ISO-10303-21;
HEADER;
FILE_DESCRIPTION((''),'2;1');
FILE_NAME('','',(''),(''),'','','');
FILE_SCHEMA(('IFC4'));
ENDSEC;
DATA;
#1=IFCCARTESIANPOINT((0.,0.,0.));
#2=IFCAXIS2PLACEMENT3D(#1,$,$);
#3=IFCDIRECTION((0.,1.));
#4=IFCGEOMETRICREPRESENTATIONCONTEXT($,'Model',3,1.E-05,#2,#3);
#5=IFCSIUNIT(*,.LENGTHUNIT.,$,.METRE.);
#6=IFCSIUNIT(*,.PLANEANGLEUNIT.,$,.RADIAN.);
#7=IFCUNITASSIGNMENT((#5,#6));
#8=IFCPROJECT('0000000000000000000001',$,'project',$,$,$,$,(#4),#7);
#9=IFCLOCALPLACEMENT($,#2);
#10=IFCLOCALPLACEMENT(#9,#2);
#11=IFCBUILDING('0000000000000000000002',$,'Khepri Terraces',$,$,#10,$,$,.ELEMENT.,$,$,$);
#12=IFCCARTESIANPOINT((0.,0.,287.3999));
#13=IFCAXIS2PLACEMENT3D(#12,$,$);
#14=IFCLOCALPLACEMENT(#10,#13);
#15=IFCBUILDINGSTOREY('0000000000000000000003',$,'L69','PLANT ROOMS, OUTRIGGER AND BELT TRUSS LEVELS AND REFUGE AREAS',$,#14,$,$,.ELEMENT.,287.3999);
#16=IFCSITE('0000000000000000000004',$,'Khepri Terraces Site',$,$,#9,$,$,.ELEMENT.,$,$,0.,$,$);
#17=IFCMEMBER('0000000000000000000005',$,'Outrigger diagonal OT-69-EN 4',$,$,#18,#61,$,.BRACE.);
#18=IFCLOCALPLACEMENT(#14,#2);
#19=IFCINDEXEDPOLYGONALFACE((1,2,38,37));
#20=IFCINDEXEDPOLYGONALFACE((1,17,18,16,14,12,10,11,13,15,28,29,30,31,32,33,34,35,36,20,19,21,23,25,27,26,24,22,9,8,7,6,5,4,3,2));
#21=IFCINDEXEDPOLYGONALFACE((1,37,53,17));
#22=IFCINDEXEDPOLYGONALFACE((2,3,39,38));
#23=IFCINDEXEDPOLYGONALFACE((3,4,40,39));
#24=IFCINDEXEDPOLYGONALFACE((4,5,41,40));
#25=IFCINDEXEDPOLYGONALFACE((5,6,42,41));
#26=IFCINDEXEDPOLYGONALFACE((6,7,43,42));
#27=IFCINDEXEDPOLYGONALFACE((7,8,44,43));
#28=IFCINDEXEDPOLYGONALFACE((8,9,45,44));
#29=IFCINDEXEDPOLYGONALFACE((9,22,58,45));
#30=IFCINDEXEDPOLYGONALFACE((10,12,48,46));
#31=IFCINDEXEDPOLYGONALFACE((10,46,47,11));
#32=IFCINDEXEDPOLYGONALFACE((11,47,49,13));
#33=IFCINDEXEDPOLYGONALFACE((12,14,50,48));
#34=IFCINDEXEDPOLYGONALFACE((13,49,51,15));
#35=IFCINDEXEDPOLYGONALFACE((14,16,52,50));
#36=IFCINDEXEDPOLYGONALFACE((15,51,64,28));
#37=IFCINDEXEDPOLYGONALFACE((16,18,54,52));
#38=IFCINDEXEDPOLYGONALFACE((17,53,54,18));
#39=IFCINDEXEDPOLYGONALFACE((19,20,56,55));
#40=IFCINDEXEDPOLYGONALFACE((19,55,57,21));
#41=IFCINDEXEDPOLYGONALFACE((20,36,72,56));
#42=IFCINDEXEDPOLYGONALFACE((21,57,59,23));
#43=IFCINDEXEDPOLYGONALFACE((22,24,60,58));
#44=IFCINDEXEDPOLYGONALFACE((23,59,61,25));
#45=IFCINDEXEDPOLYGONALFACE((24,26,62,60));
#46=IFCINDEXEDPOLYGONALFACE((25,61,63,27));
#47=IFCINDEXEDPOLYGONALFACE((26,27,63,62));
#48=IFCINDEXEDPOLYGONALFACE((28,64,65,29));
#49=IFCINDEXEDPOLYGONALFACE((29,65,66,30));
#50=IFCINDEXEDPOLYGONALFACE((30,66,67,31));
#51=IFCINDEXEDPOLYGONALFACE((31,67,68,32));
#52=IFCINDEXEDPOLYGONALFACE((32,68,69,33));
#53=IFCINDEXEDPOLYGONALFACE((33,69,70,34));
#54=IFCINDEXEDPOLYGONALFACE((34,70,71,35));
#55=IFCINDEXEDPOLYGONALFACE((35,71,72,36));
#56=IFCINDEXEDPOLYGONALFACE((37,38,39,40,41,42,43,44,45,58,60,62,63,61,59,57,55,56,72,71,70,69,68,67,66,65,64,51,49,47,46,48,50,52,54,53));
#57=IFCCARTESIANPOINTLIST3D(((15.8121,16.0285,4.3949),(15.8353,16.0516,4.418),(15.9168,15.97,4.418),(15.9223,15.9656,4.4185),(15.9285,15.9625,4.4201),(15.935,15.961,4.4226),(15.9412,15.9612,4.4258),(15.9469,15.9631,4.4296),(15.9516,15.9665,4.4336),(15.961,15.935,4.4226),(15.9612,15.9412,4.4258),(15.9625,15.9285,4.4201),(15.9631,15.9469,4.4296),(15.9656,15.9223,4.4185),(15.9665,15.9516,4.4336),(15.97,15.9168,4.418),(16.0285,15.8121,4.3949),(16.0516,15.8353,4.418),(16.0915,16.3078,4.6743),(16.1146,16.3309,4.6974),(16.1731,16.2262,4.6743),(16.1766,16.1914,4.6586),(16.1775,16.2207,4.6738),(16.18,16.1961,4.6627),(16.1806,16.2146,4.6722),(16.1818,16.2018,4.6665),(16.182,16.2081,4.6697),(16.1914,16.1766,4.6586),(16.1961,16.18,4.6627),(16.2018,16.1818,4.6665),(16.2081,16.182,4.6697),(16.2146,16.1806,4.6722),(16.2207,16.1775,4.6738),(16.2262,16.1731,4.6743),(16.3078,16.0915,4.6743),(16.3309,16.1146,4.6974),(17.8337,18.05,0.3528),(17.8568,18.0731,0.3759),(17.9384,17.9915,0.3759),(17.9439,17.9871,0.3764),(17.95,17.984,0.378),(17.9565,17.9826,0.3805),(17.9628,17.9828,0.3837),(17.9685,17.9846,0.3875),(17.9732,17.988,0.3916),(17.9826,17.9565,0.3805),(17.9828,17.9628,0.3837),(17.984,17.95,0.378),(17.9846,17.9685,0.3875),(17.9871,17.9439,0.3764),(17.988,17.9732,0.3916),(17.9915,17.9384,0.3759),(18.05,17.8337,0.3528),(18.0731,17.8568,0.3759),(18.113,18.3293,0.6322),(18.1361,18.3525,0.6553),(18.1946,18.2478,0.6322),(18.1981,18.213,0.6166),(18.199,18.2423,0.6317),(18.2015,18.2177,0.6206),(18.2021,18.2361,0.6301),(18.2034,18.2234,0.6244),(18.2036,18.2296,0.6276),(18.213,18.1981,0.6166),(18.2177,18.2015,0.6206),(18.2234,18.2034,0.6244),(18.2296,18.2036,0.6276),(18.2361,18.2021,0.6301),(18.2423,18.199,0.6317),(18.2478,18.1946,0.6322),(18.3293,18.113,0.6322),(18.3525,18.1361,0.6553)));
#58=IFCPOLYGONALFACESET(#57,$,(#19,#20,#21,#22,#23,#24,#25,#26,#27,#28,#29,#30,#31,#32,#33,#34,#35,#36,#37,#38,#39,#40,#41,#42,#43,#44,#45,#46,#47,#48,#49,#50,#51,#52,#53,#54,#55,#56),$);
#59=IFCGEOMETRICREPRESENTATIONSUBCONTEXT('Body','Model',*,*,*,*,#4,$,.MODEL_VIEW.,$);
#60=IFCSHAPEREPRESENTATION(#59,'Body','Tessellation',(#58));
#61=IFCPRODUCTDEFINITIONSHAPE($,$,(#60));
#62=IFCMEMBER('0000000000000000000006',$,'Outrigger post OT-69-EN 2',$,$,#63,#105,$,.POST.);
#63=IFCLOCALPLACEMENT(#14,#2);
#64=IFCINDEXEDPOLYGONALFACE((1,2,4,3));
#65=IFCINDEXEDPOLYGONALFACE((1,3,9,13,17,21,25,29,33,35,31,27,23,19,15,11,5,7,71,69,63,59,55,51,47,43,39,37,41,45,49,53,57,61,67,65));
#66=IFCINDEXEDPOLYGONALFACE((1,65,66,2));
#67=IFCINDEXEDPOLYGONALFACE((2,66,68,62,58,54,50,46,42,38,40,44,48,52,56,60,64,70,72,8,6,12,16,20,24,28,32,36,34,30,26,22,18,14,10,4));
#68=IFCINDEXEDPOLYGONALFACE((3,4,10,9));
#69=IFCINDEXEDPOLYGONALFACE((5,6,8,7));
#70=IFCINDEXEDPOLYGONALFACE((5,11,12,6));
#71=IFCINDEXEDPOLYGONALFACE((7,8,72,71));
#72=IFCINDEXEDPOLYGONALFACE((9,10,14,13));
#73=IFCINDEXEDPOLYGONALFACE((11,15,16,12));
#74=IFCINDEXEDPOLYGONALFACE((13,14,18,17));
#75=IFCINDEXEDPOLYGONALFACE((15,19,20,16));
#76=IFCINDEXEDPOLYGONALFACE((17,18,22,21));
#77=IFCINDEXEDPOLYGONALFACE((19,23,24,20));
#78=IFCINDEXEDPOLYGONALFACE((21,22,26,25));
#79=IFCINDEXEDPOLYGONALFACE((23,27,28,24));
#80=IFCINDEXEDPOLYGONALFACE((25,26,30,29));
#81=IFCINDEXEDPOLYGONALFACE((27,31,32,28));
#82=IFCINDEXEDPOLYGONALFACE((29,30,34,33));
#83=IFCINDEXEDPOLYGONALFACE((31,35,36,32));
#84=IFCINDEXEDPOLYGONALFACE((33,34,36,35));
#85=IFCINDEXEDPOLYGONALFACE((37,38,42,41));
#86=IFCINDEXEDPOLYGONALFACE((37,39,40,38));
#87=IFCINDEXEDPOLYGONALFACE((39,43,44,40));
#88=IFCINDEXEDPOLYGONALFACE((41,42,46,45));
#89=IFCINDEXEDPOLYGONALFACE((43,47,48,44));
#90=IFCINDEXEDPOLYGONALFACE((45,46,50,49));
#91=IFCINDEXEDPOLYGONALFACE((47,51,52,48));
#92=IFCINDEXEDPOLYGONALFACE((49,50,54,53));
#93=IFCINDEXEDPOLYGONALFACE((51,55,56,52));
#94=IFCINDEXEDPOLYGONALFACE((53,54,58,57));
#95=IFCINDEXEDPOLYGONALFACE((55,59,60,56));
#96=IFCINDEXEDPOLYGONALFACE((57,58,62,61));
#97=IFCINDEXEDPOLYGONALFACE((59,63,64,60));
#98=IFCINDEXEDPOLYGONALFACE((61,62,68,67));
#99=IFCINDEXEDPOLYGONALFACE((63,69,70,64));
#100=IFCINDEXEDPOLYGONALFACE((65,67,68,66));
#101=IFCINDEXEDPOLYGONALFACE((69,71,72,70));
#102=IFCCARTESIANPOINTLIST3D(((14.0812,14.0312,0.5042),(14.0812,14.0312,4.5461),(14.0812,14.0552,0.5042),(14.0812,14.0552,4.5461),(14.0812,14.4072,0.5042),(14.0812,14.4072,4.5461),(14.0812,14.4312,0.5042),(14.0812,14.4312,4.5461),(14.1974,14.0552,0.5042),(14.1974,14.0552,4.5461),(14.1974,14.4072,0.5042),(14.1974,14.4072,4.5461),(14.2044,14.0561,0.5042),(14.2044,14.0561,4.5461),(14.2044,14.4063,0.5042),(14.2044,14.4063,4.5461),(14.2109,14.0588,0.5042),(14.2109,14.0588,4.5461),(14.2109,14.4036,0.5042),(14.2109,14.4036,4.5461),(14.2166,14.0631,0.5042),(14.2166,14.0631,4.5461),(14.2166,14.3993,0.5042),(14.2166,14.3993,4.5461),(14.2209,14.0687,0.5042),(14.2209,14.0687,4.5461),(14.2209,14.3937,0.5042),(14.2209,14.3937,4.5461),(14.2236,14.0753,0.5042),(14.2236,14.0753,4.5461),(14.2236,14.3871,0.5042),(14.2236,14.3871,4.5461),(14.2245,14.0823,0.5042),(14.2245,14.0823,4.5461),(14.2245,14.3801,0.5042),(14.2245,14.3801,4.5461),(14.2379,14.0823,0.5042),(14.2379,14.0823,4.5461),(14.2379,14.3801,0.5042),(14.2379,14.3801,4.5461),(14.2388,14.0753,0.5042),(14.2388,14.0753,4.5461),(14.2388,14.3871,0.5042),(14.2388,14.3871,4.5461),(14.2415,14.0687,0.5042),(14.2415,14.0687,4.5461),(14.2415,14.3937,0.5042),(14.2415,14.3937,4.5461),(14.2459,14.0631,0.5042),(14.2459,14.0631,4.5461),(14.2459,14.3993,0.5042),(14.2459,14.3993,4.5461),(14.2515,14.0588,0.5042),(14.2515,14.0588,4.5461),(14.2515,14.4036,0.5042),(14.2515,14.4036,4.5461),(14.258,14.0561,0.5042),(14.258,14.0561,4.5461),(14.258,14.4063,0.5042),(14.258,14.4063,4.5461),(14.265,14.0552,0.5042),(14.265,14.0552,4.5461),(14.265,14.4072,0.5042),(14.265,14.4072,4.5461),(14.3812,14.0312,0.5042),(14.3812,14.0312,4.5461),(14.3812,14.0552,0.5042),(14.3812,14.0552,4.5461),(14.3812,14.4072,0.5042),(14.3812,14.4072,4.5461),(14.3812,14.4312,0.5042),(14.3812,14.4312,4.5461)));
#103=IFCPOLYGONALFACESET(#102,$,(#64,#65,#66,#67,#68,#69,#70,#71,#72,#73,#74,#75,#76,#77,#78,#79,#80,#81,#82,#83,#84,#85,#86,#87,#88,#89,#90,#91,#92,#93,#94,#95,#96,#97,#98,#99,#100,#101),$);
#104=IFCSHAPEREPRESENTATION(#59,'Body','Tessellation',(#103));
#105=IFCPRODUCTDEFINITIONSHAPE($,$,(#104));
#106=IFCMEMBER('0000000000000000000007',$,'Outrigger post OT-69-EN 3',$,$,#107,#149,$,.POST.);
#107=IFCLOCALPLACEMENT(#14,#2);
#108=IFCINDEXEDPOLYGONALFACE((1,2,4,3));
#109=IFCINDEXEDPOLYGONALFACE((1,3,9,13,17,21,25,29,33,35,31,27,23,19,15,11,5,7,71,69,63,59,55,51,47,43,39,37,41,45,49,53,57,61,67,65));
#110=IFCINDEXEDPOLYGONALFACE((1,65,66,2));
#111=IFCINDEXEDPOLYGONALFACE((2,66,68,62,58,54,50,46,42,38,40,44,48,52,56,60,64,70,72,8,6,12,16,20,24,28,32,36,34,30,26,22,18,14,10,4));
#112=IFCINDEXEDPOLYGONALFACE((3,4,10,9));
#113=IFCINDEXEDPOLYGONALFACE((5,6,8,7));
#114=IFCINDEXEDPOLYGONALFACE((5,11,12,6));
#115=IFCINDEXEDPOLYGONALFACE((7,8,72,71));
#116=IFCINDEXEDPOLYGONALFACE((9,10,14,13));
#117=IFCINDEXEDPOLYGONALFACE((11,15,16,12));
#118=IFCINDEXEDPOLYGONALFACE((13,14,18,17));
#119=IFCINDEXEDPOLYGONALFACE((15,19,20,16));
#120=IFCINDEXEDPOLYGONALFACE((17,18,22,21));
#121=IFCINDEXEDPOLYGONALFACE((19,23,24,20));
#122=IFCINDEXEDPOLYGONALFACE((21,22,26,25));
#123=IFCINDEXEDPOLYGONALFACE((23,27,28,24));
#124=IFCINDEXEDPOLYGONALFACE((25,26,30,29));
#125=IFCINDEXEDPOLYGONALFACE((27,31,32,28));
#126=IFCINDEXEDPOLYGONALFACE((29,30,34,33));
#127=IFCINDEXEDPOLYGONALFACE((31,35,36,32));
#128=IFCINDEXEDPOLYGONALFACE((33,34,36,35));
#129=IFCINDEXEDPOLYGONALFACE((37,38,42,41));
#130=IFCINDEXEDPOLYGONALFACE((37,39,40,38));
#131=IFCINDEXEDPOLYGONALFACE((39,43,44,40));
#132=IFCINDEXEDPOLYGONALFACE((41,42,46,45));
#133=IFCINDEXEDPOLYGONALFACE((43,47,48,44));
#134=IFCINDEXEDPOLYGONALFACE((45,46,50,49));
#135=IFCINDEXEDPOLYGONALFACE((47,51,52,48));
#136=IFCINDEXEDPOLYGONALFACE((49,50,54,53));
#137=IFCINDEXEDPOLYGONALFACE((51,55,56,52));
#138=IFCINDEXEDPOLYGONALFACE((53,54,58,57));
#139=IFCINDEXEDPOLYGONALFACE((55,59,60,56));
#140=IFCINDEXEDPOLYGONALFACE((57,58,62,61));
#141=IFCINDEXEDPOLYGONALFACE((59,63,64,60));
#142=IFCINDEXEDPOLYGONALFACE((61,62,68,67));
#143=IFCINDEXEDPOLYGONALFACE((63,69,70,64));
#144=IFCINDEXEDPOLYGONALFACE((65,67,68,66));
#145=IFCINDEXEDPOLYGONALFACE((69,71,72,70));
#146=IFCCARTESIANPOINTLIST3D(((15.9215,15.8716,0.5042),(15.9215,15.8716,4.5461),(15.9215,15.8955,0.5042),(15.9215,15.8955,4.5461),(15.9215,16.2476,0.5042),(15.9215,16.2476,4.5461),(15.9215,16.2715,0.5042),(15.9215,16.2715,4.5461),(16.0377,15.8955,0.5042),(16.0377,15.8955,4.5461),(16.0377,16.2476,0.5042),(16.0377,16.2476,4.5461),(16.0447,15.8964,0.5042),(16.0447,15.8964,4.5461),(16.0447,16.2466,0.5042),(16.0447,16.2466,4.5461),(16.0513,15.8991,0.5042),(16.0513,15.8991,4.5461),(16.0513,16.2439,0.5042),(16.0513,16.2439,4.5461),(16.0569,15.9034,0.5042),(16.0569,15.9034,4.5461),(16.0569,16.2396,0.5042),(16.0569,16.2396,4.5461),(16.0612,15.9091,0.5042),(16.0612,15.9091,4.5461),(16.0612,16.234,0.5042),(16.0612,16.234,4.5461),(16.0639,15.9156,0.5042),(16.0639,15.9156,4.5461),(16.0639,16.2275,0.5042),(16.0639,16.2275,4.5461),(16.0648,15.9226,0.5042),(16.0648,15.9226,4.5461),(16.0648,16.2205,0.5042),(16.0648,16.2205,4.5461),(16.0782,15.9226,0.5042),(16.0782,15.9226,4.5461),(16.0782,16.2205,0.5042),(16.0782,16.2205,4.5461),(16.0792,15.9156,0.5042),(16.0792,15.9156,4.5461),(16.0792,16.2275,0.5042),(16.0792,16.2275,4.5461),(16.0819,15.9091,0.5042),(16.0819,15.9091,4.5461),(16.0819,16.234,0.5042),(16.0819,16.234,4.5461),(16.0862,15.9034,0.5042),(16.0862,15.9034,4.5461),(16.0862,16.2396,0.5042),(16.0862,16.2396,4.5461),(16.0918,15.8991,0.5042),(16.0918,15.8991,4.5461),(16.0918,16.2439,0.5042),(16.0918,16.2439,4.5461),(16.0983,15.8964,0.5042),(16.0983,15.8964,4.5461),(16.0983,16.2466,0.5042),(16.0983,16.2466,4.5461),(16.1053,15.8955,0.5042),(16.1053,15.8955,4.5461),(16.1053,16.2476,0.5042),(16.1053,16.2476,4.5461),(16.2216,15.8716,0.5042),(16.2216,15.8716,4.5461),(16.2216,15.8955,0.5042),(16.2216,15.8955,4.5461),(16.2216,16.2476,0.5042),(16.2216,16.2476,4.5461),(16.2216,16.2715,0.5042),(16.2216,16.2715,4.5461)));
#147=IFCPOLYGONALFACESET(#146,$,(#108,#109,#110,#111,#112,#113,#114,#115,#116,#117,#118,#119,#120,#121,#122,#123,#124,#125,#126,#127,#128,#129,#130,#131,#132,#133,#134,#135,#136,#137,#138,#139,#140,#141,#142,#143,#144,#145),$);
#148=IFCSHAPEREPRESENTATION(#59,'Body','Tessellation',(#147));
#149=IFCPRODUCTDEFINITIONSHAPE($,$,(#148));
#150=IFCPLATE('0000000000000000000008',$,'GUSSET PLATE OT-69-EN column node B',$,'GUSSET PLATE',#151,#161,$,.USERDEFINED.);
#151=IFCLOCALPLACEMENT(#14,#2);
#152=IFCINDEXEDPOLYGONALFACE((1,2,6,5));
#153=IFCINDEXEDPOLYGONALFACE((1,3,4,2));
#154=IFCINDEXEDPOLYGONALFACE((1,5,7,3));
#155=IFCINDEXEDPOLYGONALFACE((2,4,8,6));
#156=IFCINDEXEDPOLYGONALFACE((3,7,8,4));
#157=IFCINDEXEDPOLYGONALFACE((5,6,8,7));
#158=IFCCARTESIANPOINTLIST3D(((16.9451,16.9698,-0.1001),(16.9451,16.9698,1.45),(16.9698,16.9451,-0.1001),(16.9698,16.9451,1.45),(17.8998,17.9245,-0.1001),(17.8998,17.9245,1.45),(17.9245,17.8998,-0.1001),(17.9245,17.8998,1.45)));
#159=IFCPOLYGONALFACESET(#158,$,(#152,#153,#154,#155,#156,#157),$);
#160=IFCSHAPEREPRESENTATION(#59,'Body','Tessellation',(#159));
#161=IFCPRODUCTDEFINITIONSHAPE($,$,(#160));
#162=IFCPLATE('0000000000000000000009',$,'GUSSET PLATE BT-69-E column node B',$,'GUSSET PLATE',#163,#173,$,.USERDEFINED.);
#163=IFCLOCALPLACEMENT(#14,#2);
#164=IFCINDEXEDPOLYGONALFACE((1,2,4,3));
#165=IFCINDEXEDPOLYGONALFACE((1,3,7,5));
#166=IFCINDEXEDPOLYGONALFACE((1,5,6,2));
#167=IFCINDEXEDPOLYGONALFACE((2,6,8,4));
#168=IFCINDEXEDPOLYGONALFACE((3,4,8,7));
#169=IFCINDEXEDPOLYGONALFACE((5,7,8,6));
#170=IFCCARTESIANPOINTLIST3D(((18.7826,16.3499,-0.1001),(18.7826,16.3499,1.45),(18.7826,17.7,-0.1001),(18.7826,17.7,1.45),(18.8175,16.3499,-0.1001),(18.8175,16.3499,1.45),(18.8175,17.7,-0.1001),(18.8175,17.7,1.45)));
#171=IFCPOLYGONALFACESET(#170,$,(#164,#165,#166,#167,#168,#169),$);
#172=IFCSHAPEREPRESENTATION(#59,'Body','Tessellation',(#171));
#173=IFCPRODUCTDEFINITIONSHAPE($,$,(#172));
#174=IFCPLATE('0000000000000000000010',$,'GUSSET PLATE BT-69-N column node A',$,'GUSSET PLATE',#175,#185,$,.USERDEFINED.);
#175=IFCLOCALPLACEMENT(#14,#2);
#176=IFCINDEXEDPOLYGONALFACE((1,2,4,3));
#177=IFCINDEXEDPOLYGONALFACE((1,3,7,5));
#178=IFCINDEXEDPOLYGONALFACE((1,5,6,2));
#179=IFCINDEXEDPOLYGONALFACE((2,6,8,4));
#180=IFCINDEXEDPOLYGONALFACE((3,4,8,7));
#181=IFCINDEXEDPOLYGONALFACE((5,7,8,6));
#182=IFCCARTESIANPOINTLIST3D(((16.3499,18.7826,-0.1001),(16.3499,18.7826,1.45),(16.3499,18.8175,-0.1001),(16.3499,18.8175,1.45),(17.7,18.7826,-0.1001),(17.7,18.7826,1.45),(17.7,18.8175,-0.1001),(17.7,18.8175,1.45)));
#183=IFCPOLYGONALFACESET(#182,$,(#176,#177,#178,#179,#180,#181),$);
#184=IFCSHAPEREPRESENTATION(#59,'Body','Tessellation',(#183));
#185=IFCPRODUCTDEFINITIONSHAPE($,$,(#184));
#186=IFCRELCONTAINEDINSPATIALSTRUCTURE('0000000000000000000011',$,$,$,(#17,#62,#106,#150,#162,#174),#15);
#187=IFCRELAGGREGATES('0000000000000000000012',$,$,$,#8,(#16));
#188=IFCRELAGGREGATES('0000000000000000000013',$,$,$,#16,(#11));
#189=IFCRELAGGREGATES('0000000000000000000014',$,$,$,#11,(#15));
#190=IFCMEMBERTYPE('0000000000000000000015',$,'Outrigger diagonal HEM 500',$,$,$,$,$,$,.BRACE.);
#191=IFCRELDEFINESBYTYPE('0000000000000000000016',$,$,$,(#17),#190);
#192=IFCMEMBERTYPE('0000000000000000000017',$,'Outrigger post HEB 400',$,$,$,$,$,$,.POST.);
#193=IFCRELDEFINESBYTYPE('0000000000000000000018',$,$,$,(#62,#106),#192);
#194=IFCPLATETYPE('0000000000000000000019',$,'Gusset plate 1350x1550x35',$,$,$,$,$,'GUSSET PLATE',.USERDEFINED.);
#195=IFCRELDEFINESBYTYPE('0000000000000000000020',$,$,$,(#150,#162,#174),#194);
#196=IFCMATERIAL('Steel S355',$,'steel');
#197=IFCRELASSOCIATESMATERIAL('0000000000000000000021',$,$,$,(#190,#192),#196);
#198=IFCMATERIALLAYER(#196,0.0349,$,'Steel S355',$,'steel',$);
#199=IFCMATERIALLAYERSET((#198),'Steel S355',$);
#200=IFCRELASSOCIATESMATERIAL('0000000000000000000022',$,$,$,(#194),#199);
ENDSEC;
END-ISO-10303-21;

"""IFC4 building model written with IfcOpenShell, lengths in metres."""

from ifc_helpers import new_model, si_unit, direction, frame, origin, origin_2d, place, context, subcontext, project, spatial, rectangle, i_section, extrude, material, layer, layer_set, material_profile, profile_set, type_object, element, save


model = new_model("IFC4")

# Units and contexts
model_context = context("Model", 3, precision=1e-05, world=origin(), true_north=direction((0.0, 1.0)))
body_context = subcontext(model_context, "Body", "Model", "MODEL_VIEW")
ifc_project = project(units=[si_unit("LENGTHUNIT", "METRE"), si_unit("PLANEANGLEUNIT", "RADIAN")], contexts=[model_context])

# Site, building, storey
site_placement = place(None, origin())
site = spatial("IfcSite", under=ifc_project, at=site_placement, Name="Khepri Terraces Site", CompositionType="ELEMENT", RefElevation=0.0)
building_placement = place(site_placement, origin())
building = spatial("IfcBuilding", under=site, at=building_placement, Name="Khepri Terraces", CompositionType="ELEMENT")
storey_placement = place(building_placement, frame((0.0, 0.0, 287.3999)))
storey = spatial("IfcBuildingStorey", under=building, at=storey_placement, Name="L69", Description="PLANT ROOMS, OUTRIGGER AND BELT TRUSS LEVELS AND REFUGE AREAS", CompositionType="ELEMENT", Elevation=287.3999)

# Members
ifc_material_1 = material(Name="Steel S355", Category="steel")
ifc_material_profile_1 = material_profile(ifc_material_1, i_section(OverallWidth=0.3059, OverallDepth=0.5239, WebThickness=0.021, FlangeThickness=0.04, FilletRadius=0.0271, at=origin_2d()), Name="Steel S355", Category="steel")
ifc_profile_set_1 = profile_set([ifc_material_profile_1], Name="Steel S355")
member_type_1 = type_object("IfcMemberType", Name="Outrigger diagonal HEM 500", PredefinedType="BRACE", material=ifc_profile_set_1)
member_1_placement = place(storey_placement, frame((16.0715, 16.0715, 4.5461), z_axis=(0.408314, 0.408314, -0.816431), x_axis=(-0.707107, 0.707107, 0.0)))
element("IfcMember", 1, at=member_1_placement, inside=storey, type_object=member_type_1, Name="Outrigger diagonal OT-69-EN 4", PredefinedType="BRACE", context=body_context, shape_type="SweptSolid", body=[
    extrude(i_section(OverallWidth=0.3059, OverallDepth=0.5239, WebThickness=0.021, FlangeThickness=0.04, FilletRadius=0.0271, at=origin_2d()), origin(), (0.0, 0.0, 1.0), 4.9509),
])
ifc_material_profile_2 = material_profile(ifc_material_1, i_section(OverallWidth=0.3, OverallDepth=0.3999, WebThickness=0.0134, FlangeThickness=0.0239, FilletRadius=0.0271, at=origin_2d()), Name="Steel S355", Category="steel")
ifc_profile_set_2 = profile_set([ifc_material_profile_2], Name="Steel S355")
member_type_2 = type_object("IfcMemberType", Name="Outrigger post HEB 400", PredefinedType="POST", material=ifc_profile_set_2)
for number, where, z_axis, x_axis, name in (
    (2, (14.2312, 14.2312, 0.5042), (0.0, 0.0, 1.0), (1.0, 0.0, 0.0), "Outrigger post OT-69-EN 2"),
    (3, (16.0715, 16.0715, 0.5042), (0.0, 0.0, 1.0), (1.0, 0.0, 0.0), "Outrigger post OT-69-EN 3"),
):
    element("IfcMember", number, at=place(storey_placement, frame(where, z_axis=z_axis, x_axis=x_axis)), inside=storey, type_object=member_type_2, Name=name, PredefinedType="POST", context=body_context, shape_type="SweptSolid", body=[
        extrude(i_section(OverallWidth=0.3, OverallDepth=0.3999, WebThickness=0.0134, FlangeThickness=0.0239, FilletRadius=0.0271, at=origin_2d()), origin(), (0.0, 0.0, 1.0), 4.042),
    ])

# Plates
ifc_layer_1 = layer(ifc_material_1, 0.0349, Name="Steel S355", Category="steel")
ifc_layer_set_1 = layer_set([ifc_layer_1], Name="Steel S355")
plate_type = type_object("IfcPlateType", Name="Gusset plate 1350x1550x35", ElementType="GUSSET PLATE", PredefinedType="USERDEFINED", material=ifc_layer_set_1)
for number, where, z_axis, x_axis, name in (
    (4, (17.4348, 17.4348, -0.1001), (0.0, 0.0, 1.0), (0.707107, 0.707107, 0.0), "GUSSET PLATE OT-69-EN column node B"),
    (5, (18.8, 17.0249, -0.1001), (0.0, 0.0, 1.0), (0.0, 1.0, 0.0), "GUSSET PLATE BT-69-E column node B"),
    (6, (17.0249, 18.8, -0.1001), (0.0, 0.0, 1.0), (-1.0, 0.0, 0.0), "GUSSET PLATE BT-69-N column node A"),
):
    element("IfcPlate", number, at=place(storey_placement, frame(where, z_axis=z_axis, x_axis=x_axis)), inside=storey, type_object=plate_type, Name=name, ObjectType="GUSSET PLATE", PredefinedType="USERDEFINED", context=body_context, shape_type="SweptSolid", body=[
        extrude(rectangle(XDim=1.3501, YDim=0.0349, at=origin_2d()), origin(), (0.0, 0.0, 1.0), 1.55),
    ])

save(model, "model.ifc")
